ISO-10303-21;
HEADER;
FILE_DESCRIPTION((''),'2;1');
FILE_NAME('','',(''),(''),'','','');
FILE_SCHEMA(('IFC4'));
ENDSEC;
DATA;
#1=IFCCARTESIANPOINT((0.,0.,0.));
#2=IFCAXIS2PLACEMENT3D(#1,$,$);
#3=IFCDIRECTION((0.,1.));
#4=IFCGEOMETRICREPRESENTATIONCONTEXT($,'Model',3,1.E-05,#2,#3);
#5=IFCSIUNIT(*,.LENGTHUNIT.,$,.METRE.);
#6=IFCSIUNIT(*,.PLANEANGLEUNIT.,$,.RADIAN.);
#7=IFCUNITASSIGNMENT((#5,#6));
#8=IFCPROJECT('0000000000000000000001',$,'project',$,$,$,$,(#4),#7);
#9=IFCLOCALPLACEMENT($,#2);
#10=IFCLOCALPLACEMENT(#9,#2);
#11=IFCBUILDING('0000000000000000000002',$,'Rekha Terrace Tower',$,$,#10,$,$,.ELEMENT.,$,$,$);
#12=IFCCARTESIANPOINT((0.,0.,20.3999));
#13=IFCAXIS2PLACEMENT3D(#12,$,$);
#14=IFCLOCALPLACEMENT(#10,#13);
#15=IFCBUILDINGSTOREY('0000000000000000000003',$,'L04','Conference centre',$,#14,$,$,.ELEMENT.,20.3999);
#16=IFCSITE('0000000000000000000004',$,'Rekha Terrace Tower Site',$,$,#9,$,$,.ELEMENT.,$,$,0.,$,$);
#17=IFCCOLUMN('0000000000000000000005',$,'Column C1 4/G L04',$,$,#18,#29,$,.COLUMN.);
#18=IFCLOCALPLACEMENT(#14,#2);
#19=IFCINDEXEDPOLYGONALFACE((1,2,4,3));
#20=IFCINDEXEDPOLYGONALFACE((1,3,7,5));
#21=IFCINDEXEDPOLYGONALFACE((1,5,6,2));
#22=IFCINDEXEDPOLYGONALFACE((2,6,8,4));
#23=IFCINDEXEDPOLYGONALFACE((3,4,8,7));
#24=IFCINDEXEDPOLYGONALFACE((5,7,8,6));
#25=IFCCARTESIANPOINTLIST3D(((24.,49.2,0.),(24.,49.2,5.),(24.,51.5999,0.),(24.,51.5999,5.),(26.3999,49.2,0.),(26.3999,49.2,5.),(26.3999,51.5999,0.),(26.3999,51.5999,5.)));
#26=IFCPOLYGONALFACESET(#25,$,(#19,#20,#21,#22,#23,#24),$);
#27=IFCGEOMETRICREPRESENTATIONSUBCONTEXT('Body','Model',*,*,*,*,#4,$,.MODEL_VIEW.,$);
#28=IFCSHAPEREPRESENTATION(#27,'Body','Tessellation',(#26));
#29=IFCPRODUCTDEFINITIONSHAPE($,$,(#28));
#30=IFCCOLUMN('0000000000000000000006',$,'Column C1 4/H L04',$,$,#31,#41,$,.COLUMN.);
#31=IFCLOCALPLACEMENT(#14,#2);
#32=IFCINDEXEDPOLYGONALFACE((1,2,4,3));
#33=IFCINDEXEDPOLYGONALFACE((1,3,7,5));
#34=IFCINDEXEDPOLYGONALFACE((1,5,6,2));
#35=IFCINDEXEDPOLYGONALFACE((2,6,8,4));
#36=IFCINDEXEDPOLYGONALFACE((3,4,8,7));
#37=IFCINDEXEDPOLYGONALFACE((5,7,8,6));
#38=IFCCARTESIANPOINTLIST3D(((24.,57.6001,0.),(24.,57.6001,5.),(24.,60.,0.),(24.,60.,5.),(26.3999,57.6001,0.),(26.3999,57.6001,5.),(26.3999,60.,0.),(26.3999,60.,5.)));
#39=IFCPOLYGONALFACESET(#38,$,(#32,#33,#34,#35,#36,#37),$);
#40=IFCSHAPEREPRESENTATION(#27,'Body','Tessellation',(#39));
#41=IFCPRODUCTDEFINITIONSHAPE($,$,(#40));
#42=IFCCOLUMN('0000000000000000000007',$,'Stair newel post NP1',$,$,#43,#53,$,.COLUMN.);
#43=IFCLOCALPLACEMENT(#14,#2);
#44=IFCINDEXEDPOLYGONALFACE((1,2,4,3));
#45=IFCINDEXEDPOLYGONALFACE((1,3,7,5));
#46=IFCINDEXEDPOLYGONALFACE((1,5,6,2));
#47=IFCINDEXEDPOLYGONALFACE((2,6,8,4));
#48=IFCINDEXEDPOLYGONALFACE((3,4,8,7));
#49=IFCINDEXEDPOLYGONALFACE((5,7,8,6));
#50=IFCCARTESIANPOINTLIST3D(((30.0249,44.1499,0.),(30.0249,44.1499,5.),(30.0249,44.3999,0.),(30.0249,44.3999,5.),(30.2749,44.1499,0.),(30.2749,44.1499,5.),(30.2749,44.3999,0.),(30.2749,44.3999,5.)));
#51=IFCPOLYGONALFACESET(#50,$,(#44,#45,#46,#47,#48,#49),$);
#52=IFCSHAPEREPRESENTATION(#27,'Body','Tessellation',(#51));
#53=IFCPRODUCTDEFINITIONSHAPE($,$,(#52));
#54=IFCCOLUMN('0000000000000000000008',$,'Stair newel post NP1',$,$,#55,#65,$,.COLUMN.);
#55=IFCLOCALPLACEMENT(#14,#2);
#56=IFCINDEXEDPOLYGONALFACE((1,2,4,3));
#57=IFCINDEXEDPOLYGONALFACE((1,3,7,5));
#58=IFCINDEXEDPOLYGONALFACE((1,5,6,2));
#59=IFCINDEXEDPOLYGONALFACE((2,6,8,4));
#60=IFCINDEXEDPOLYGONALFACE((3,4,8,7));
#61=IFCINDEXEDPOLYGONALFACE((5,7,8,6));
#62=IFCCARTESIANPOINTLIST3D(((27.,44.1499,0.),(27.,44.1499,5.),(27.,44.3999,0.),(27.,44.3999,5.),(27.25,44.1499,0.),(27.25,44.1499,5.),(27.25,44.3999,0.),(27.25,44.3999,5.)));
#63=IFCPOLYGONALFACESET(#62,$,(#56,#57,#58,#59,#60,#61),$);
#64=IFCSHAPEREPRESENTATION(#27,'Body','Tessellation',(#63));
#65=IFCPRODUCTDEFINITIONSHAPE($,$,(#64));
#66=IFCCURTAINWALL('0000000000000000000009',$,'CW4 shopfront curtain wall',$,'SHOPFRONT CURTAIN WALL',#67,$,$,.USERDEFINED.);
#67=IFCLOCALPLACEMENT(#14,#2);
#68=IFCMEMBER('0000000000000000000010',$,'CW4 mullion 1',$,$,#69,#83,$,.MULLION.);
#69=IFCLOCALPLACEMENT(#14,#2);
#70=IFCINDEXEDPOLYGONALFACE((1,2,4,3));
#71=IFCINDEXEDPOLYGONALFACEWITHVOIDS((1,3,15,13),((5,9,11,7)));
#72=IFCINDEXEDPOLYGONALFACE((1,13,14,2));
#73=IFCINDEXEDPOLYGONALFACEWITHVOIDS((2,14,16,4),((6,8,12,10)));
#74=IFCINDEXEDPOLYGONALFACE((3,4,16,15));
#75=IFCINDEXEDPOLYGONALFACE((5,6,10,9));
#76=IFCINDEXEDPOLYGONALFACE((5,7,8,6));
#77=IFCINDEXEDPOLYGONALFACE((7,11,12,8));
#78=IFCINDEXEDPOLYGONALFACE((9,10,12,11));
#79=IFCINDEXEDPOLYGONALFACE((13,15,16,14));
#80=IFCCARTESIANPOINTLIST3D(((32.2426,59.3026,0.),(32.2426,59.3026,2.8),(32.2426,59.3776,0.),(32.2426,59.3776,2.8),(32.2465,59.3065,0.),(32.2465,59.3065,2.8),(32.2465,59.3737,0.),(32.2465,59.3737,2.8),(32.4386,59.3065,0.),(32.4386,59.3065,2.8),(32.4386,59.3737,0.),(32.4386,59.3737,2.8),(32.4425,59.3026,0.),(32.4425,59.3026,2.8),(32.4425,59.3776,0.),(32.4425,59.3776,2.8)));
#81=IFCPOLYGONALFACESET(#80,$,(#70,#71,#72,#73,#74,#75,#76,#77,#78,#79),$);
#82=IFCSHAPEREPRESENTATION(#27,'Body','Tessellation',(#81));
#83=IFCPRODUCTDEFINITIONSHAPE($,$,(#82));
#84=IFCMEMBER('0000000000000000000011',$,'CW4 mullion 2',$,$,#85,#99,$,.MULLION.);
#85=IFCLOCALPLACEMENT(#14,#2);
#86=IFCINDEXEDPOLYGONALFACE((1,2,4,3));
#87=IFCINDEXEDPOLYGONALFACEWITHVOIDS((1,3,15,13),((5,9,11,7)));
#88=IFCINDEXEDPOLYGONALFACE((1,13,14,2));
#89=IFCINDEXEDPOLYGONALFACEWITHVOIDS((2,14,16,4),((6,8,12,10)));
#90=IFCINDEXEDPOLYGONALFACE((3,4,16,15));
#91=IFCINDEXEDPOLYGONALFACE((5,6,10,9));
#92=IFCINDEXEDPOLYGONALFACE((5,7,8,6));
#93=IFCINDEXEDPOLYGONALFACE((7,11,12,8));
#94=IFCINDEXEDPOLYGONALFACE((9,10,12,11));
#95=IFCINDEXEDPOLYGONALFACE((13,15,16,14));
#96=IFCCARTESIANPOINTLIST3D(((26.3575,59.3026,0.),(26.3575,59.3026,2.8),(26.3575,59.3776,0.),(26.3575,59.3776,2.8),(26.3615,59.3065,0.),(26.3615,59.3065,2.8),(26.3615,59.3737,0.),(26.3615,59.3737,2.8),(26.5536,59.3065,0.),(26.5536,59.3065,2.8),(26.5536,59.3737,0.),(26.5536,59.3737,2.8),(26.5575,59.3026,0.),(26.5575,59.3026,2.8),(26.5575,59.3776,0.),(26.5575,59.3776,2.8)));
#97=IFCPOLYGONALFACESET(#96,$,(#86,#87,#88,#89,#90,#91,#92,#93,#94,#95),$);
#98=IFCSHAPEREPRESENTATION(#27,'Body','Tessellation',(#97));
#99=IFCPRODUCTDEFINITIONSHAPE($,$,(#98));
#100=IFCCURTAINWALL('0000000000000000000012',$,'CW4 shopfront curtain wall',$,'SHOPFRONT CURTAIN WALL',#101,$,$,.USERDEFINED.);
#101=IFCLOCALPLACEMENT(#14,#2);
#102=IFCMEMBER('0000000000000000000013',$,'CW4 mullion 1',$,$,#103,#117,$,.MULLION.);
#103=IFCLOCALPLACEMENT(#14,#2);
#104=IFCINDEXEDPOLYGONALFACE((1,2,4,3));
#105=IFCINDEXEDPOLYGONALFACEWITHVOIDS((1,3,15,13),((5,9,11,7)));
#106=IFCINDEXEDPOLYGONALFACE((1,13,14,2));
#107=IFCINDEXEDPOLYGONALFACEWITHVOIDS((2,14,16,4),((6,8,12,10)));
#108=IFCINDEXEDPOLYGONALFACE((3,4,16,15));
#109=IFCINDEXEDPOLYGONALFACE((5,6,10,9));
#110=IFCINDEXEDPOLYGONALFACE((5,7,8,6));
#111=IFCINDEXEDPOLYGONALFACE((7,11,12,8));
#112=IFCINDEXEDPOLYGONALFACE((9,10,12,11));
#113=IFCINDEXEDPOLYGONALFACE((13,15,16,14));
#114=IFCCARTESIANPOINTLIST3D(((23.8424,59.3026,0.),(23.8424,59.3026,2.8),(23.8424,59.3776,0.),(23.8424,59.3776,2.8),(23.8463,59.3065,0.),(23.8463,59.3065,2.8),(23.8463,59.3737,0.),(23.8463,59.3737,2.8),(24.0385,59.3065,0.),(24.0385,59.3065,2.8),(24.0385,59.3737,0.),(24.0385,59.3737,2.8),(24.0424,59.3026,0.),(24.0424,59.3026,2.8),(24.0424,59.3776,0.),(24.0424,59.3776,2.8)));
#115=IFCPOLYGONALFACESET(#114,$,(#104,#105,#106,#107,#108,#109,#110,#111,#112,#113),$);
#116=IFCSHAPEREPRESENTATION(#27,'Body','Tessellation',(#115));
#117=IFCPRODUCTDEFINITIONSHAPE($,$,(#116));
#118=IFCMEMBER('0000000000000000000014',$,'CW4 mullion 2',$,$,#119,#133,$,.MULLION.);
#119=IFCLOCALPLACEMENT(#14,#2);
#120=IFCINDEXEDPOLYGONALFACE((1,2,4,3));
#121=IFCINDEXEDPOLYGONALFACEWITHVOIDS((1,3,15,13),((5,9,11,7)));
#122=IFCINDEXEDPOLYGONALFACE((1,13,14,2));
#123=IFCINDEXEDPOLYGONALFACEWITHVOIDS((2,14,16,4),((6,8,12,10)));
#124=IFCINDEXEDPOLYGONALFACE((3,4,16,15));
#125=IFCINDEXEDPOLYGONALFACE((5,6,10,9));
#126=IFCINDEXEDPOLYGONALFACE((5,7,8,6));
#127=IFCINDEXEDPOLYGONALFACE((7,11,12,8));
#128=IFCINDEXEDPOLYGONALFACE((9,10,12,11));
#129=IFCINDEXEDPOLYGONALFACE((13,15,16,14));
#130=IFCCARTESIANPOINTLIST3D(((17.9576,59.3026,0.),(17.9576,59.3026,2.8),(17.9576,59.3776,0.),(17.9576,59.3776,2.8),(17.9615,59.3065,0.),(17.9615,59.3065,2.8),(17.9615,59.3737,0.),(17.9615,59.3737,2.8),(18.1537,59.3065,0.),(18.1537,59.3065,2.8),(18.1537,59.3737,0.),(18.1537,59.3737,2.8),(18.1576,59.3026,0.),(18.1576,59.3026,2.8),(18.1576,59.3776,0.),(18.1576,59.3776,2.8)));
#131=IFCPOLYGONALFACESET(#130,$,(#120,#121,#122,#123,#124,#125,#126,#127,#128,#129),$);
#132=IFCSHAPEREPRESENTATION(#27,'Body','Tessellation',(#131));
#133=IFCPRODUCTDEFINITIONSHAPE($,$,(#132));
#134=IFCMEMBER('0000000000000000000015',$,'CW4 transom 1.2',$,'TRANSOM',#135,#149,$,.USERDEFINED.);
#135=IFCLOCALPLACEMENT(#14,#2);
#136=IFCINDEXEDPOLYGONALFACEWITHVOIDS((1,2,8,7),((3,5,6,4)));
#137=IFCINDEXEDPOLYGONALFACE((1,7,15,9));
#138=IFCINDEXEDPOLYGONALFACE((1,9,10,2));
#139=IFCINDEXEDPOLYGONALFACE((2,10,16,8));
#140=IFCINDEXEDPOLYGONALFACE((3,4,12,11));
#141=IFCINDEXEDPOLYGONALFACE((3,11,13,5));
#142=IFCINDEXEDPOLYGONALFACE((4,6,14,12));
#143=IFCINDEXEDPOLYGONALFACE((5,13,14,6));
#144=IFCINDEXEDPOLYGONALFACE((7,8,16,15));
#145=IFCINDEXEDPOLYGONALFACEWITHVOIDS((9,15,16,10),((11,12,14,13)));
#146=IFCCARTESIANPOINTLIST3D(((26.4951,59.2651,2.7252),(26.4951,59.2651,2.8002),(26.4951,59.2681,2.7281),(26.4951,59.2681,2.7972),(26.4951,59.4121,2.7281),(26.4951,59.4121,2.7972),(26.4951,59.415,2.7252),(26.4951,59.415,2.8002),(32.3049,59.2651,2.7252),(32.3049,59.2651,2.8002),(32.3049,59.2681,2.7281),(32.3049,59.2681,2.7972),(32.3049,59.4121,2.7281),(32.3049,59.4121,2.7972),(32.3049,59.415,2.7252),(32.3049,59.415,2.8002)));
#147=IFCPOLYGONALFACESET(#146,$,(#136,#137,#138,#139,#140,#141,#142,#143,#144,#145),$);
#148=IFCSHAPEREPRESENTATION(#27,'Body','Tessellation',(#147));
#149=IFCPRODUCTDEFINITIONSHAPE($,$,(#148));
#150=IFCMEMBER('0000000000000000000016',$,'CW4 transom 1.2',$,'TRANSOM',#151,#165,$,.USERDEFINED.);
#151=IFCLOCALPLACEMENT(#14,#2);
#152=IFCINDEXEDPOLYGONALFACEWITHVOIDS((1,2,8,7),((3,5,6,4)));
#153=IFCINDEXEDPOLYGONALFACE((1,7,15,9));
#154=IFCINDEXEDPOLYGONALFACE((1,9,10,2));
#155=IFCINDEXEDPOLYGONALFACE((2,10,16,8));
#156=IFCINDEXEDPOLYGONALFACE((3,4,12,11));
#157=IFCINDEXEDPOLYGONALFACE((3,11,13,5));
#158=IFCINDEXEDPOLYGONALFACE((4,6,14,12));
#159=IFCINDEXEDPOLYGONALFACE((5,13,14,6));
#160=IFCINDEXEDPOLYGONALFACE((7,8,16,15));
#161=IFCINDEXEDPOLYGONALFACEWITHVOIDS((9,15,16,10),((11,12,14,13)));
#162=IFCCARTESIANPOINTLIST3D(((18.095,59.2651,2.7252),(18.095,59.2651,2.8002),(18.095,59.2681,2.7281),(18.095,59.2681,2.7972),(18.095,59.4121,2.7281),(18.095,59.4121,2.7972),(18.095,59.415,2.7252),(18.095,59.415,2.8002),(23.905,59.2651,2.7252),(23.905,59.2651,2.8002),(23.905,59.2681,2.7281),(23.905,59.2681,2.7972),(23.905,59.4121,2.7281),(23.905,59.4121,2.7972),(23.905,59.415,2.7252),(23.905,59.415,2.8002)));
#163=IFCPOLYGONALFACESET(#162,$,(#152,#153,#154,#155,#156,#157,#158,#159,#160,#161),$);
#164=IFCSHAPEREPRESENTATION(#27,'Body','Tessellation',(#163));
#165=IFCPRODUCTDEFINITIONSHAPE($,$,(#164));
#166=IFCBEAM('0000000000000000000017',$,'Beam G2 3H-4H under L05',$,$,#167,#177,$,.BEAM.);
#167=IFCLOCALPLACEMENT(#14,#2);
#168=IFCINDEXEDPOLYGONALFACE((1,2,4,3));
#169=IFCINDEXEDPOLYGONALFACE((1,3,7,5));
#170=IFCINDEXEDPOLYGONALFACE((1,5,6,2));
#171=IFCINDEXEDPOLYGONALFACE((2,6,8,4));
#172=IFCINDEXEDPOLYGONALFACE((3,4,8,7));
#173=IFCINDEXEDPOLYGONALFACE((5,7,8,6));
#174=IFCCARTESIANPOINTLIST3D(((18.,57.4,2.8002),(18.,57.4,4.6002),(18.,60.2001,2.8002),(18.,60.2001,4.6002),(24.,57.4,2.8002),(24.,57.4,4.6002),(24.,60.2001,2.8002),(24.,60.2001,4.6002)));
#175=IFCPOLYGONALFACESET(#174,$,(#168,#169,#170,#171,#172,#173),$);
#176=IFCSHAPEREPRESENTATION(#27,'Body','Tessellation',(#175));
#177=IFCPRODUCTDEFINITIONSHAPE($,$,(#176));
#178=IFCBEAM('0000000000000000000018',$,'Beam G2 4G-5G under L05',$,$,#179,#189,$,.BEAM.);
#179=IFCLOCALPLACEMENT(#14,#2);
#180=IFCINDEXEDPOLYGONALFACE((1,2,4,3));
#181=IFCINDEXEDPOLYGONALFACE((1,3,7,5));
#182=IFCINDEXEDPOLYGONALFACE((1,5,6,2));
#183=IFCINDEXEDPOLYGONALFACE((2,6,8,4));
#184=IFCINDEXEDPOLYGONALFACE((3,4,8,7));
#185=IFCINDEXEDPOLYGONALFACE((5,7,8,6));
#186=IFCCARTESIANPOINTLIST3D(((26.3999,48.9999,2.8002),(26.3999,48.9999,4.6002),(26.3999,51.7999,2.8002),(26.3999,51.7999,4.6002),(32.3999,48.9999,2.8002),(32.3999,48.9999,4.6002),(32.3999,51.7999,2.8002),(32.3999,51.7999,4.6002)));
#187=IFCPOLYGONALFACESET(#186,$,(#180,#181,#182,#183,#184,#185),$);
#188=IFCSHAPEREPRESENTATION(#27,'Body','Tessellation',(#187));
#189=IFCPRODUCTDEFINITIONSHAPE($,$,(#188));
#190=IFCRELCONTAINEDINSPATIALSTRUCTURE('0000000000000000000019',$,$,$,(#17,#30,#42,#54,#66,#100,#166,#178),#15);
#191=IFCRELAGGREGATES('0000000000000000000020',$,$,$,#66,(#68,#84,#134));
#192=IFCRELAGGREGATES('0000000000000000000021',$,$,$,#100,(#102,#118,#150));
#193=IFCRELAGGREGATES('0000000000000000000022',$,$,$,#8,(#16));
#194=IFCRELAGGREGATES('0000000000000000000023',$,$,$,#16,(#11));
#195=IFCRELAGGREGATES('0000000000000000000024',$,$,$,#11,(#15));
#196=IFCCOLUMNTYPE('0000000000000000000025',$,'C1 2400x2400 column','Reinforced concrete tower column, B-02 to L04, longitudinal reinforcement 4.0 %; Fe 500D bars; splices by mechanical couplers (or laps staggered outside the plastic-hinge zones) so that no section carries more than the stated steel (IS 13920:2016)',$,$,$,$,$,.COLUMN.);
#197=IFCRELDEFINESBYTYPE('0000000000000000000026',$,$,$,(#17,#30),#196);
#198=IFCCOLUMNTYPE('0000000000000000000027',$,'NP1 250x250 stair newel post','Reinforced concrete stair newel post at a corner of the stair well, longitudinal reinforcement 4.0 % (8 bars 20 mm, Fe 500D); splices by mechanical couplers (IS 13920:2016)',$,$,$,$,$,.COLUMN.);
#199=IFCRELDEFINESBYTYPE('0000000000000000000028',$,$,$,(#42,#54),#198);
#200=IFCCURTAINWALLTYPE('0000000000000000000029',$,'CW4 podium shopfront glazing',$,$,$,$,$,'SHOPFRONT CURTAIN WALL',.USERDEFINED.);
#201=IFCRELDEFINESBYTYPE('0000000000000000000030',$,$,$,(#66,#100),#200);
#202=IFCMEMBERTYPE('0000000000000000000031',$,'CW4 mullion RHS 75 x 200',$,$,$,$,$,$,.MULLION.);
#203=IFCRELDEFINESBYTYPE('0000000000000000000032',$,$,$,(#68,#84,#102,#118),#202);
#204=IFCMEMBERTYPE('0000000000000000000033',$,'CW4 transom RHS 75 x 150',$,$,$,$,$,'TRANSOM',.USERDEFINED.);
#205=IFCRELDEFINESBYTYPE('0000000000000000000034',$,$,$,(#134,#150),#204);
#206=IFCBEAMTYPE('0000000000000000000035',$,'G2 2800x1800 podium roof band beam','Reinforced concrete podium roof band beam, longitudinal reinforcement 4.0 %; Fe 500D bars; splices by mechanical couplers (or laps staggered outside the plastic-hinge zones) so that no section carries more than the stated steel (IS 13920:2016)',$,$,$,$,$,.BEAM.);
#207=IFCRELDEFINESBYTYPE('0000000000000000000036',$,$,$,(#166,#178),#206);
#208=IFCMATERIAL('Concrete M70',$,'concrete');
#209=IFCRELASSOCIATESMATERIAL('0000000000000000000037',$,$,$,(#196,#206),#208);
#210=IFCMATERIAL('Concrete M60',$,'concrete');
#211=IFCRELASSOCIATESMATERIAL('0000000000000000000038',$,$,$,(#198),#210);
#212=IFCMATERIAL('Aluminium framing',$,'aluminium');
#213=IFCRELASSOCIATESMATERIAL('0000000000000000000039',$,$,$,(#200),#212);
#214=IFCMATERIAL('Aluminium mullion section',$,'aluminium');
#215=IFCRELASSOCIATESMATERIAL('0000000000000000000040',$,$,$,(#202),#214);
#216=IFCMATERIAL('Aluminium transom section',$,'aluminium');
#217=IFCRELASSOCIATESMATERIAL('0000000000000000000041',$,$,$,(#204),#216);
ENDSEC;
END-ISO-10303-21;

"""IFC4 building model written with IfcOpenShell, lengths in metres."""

from ifc_helpers import new_model, si_unit, direction, frame, origin, origin_2d, place, context, subcontext, project, spatial, rectangle, hollow_rectangle, extrude, material, material_profile, profile_set, type_object, element, aggregate, save


model = new_model("IFC4")

# Units and contexts
model_context = context("Model", 3, precision=1e-05, world=origin(), true_north=direction((0.0, 1.0)))
body_context = subcontext(model_context, "Body", "Model", "MODEL_VIEW")
ifc_project = project(units=[si_unit("LENGTHUNIT", "METRE"), si_unit("PLANEANGLEUNIT", "RADIAN")], contexts=[model_context])

# Site, building, storey
site_placement = place(None, origin())
site = spatial("IfcSite", under=ifc_project, at=site_placement, Name="Rekha Terrace Tower Site", CompositionType="ELEMENT", RefElevation=0.0)
building_placement = place(site_placement, origin())
building = spatial("IfcBuilding", under=site, at=building_placement, Name="Rekha Terrace Tower", CompositionType="ELEMENT")
storey_placement = place(building_placement, frame((0.0, 0.0, 20.3999)))
storey = spatial("IfcBuildingStorey", under=building, at=storey_placement, Name="L04", Description="Conference centre", CompositionType="ELEMENT", Elevation=20.3999)

# Columns
ifc_material_1 = material(Name="Concrete M70", Category="concrete")
ifc_material_profile_1 = material_profile(ifc_material_1, rectangle(XDim=2.3999, YDim=2.3999, at=origin_2d()), Name="RC 2400x2400")
ifc_profile_set_1 = profile_set([ifc_material_profile_1], Name="Concrete M70")
column_type_1 = type_object("IfcColumnType", Name="C1 2400x2400 column", Description="Reinforced concrete tower column, B-02 to L04, longitudinal reinforcement 4.0 %; Fe 500D bars; splices by mechanical couplers (or laps staggered outside the plastic-hinge zones) so that no section carries more than the stated steel (IS 13920:2016)", PredefinedType="COLUMN", material=ifc_profile_set_1)
for number, where, z_axis, x_axis, name in (
    (1, (25.2, 50.3999, 0.0), (0.0, 0.0, 1.0), (1.0, 0.0, 0.0), "Column C1 4/G L04"),
    (2, (25.2, 58.8, 0.0), (0.0, 0.0, 1.0), (1.0, 0.0, 0.0), "Column C1 4/H L04"),
):
    element("IfcColumn", number, at=place(storey_placement, frame(where, z_axis=z_axis, x_axis=x_axis)), inside=storey, type_object=column_type_1, Name=name, PredefinedType="COLUMN", context=body_context, shape_type="SweptSolid", body=[
        extrude(rectangle(XDim=2.3999, YDim=2.3999, at=origin_2d()), origin(), (0.0, 0.0, 1.0), 5.0),
    ])
ifc_material_2 = material(Name="Concrete M60", Category="concrete")
ifc_material_profile_2 = material_profile(ifc_material_2, rectangle(XDim=0.25, YDim=0.25, at=origin_2d()), Name="RC 250x250")
ifc_profile_set_2 = profile_set([ifc_material_profile_2], Name="Concrete M60")
column_type_2 = type_object("IfcColumnType", Name="NP1 250x250 stair newel post", Description="Reinforced concrete stair newel post at a corner of the stair well, longitudinal reinforcement 4.0 % (8 bars 20 mm, Fe 500D); splices by mechanical couplers (IS 13920:2016)", PredefinedType="COLUMN", material=ifc_profile_set_2)
for number, where, z_axis, x_axis, name in (
    (3, (30.1499, 44.2749, 0.0), (0.0, 0.0, 1.0), (1.0, 0.0, 0.0), "Stair newel post NP1"),
    (4, (27.125, 44.2749, 0.0), (0.0, 0.0, 1.0), (1.0, 0.0, 0.0), "Stair newel post NP1"),
):
    element("IfcColumn", number, at=place(storey_placement, frame(where, z_axis=z_axis, x_axis=x_axis)), inside=storey, type_object=column_type_2, Name=name, PredefinedType="COLUMN", context=body_context, shape_type="SweptSolid", body=[
        extrude(rectangle(XDim=0.25, YDim=0.25, at=origin_2d()), origin(), (0.0, 0.0, 1.0), 5.0),
    ])

# Curtain walls, members
ifc_material_3 = material(Name="Aluminium framing", Category="aluminium")
curtain_wall_type = type_object("IfcCurtainWallType", Name="CW4 podium shopfront glazing", ElementType="SHOPFRONT CURTAIN WALL", PredefinedType="USERDEFINED", material=ifc_material_3)
curtain_wall_1_placement = place(storey_placement, origin())
curtain_wall_1 = element("IfcCurtainWall", 5, at=curtain_wall_1_placement, inside=storey, type_object=curtain_wall_type, Name="CW4 shopfront curtain wall", ObjectType="SHOPFRONT CURTAIN WALL", PredefinedType="USERDEFINED")
ifc_material_4 = material(Name="Aluminium mullion section", Category="aluminium")
ifc_material_profile_3 = material_profile(ifc_material_4, hollow_rectangle(XDim=0.075, YDim=0.2, WallThickness=0.0039, at=origin_2d()), Name="AL RHS 75x200")
ifc_profile_set_3 = profile_set([ifc_material_profile_3], Name="Aluminium mullion section")
member_type_1 = type_object("IfcMemberType", Name="CW4 mullion RHS 75 x 200", PredefinedType="MULLION", material=ifc_profile_set_3)
member_1_placement = place(storey_placement, frame((32.3425, 59.3401, 0.0), z_axis=(0.0, 0.0, 1.0), x_axis=(0.0, -1.0, 0.0)))
member_1 = element("IfcMember", 6, at=member_1_placement, type_object=member_type_1, Name="CW4 mullion 1", PredefinedType="MULLION", context=body_context, shape_type="SweptSolid", body=[
    extrude(hollow_rectangle(XDim=0.075, YDim=0.2, WallThickness=0.0039, at=origin_2d()), origin(), (0.0, 0.0, 1.0), 2.8),
])
member_2_placement = place(storey_placement, frame((26.4575, 59.3401, 0.0), z_axis=(0.0, 0.0, 1.0), x_axis=(0.0, -1.0, 0.0)))
member_2 = element("IfcMember", 7, at=member_2_placement, type_object=member_type_1, Name="CW4 mullion 2", PredefinedType="MULLION", context=body_context, shape_type="SweptSolid", body=[
    extrude(hollow_rectangle(XDim=0.075, YDim=0.2, WallThickness=0.0039, at=origin_2d()), origin(), (0.0, 0.0, 1.0), 2.8),
])
curtain_wall_2_placement = place(storey_placement, origin())
curtain_wall_2 = element("IfcCurtainWall", 8, at=curtain_wall_2_placement, inside=storey, type_object=curtain_wall_type, Name="CW4 shopfront curtain wall", ObjectType="SHOPFRONT CURTAIN WALL", PredefinedType="USERDEFINED")
member_3_placement = place(storey_placement, frame((23.9424, 59.3401, 0.0), z_axis=(0.0, 0.0, 1.0), x_axis=(0.0, -1.0, 0.0)))
member_3 = element("IfcMember", 9, at=member_3_placement, type_object=member_type_1, Name="CW4 mullion 1", PredefinedType="MULLION", context=body_context, shape_type="SweptSolid", body=[
    extrude(hollow_rectangle(XDim=0.075, YDim=0.2, WallThickness=0.0039, at=origin_2d()), origin(), (0.0, 0.0, 1.0), 2.8),
])
member_4_placement = place(storey_placement, frame((18.0576, 59.3401, 0.0), z_axis=(0.0, 0.0, 1.0), x_axis=(0.0, -1.0, 0.0)))
member_4 = element("IfcMember", 10, at=member_4_placement, type_object=member_type_1, Name="CW4 mullion 2", PredefinedType="MULLION", context=body_context, shape_type="SweptSolid", body=[
    extrude(hollow_rectangle(XDim=0.075, YDim=0.2, WallThickness=0.0039, at=origin_2d()), origin(), (0.0, 0.0, 1.0), 2.8),
])

# Members
ifc_material_5 = material(Name="Aluminium transom section", Category="aluminium")
ifc_material_profile_4 = material_profile(ifc_material_5, hollow_rectangle(XDim=0.1499, YDim=0.075, WallThickness=0.0029, at=origin_2d()), Name="AL RHS 150x75")
ifc_profile_set_4 = profile_set([ifc_material_profile_4], Name="Aluminium transom section")
member_type_2 = type_object("IfcMemberType", Name="CW4 transom RHS 75 x 150", ElementType="TRANSOM", PredefinedType="USERDEFINED", material=ifc_profile_set_4)
member_5_placement = place(storey_placement, frame((32.3049, 59.3401, 2.7627), z_axis=(-1.0, 0.0, 0.0), x_axis=(0.0, -1.0, 0.0)))
member_5 = element("IfcMember", 11, at=member_5_placement, type_object=member_type_2, Name="CW4 transom 1.2", ObjectType="TRANSOM", PredefinedType="USERDEFINED", context=body_context, shape_type="SweptSolid", body=[
    extrude(hollow_rectangle(XDim=0.1499, YDim=0.075, WallThickness=0.0029, at=origin_2d()), origin(), (0.0, 0.0, 1.0), 5.8098),
])
member_6_placement = place(storey_placement, frame((23.905, 59.3401, 2.7627), z_axis=(-1.0, 0.0, 0.0), x_axis=(0.0, -1.0, 0.0)))
member_6 = element("IfcMember", 12, at=member_6_placement, type_object=member_type_2, Name="CW4 transom 1.2", ObjectType="TRANSOM", PredefinedType="USERDEFINED", context=body_context, shape_type="SweptSolid", body=[
    extrude(hollow_rectangle(XDim=0.1499, YDim=0.075, WallThickness=0.0029, at=origin_2d()), origin(), (0.0, 0.0, 1.0), 5.8101),
])

# Beams
ifc_material_profile_5 = material_profile(ifc_material_1, rectangle(XDim=2.8, YDim=1.8, at=origin_2d()), Name="RC 2800x1800")
ifc_profile_set_5 = profile_set([ifc_material_profile_5], Name="Concrete M70")
beam_type = type_object("IfcBeamType", Name="G2 2800x1800 podium roof band beam", Description="Reinforced concrete podium roof band beam, longitudinal reinforcement 4.0 %; Fe 500D bars; splices by mechanical couplers (or laps staggered outside the plastic-hinge zones) so that no section carries more than the stated steel (IS 13920:2016)", PredefinedType="BEAM", material=ifc_profile_set_5)
for number, where, z_axis, x_axis, name in (
    (13, (18.0, 58.8, 3.7002), (1.0, 0.0, 0.0), (0.0, 1.0, 0.0), "Beam G2 3H-4H under L05"),
    (14, (26.3999, 50.3999, 3.7002), (1.0, 0.0, 0.0), (0.0, 1.0, 0.0), "Beam G2 4G-5G under L05"),
):
    element("IfcBeam", number, at=place(storey_placement, frame(where, z_axis=z_axis, x_axis=x_axis)), inside=storey, type_object=beam_type, Name=name, PredefinedType="BEAM", context=body_context, shape_type="SweptSolid", body=[
        extrude(rectangle(XDim=2.8, YDim=1.8, at=origin_2d()), origin(), (0.0, 0.0, 1.0), 6.0),
    ])

aggregate(curtain_wall_1, [member_1, member_2, member_5])
aggregate(curtain_wall_2, [member_3, member_4, member_6])

save(model, "model.ifc")
